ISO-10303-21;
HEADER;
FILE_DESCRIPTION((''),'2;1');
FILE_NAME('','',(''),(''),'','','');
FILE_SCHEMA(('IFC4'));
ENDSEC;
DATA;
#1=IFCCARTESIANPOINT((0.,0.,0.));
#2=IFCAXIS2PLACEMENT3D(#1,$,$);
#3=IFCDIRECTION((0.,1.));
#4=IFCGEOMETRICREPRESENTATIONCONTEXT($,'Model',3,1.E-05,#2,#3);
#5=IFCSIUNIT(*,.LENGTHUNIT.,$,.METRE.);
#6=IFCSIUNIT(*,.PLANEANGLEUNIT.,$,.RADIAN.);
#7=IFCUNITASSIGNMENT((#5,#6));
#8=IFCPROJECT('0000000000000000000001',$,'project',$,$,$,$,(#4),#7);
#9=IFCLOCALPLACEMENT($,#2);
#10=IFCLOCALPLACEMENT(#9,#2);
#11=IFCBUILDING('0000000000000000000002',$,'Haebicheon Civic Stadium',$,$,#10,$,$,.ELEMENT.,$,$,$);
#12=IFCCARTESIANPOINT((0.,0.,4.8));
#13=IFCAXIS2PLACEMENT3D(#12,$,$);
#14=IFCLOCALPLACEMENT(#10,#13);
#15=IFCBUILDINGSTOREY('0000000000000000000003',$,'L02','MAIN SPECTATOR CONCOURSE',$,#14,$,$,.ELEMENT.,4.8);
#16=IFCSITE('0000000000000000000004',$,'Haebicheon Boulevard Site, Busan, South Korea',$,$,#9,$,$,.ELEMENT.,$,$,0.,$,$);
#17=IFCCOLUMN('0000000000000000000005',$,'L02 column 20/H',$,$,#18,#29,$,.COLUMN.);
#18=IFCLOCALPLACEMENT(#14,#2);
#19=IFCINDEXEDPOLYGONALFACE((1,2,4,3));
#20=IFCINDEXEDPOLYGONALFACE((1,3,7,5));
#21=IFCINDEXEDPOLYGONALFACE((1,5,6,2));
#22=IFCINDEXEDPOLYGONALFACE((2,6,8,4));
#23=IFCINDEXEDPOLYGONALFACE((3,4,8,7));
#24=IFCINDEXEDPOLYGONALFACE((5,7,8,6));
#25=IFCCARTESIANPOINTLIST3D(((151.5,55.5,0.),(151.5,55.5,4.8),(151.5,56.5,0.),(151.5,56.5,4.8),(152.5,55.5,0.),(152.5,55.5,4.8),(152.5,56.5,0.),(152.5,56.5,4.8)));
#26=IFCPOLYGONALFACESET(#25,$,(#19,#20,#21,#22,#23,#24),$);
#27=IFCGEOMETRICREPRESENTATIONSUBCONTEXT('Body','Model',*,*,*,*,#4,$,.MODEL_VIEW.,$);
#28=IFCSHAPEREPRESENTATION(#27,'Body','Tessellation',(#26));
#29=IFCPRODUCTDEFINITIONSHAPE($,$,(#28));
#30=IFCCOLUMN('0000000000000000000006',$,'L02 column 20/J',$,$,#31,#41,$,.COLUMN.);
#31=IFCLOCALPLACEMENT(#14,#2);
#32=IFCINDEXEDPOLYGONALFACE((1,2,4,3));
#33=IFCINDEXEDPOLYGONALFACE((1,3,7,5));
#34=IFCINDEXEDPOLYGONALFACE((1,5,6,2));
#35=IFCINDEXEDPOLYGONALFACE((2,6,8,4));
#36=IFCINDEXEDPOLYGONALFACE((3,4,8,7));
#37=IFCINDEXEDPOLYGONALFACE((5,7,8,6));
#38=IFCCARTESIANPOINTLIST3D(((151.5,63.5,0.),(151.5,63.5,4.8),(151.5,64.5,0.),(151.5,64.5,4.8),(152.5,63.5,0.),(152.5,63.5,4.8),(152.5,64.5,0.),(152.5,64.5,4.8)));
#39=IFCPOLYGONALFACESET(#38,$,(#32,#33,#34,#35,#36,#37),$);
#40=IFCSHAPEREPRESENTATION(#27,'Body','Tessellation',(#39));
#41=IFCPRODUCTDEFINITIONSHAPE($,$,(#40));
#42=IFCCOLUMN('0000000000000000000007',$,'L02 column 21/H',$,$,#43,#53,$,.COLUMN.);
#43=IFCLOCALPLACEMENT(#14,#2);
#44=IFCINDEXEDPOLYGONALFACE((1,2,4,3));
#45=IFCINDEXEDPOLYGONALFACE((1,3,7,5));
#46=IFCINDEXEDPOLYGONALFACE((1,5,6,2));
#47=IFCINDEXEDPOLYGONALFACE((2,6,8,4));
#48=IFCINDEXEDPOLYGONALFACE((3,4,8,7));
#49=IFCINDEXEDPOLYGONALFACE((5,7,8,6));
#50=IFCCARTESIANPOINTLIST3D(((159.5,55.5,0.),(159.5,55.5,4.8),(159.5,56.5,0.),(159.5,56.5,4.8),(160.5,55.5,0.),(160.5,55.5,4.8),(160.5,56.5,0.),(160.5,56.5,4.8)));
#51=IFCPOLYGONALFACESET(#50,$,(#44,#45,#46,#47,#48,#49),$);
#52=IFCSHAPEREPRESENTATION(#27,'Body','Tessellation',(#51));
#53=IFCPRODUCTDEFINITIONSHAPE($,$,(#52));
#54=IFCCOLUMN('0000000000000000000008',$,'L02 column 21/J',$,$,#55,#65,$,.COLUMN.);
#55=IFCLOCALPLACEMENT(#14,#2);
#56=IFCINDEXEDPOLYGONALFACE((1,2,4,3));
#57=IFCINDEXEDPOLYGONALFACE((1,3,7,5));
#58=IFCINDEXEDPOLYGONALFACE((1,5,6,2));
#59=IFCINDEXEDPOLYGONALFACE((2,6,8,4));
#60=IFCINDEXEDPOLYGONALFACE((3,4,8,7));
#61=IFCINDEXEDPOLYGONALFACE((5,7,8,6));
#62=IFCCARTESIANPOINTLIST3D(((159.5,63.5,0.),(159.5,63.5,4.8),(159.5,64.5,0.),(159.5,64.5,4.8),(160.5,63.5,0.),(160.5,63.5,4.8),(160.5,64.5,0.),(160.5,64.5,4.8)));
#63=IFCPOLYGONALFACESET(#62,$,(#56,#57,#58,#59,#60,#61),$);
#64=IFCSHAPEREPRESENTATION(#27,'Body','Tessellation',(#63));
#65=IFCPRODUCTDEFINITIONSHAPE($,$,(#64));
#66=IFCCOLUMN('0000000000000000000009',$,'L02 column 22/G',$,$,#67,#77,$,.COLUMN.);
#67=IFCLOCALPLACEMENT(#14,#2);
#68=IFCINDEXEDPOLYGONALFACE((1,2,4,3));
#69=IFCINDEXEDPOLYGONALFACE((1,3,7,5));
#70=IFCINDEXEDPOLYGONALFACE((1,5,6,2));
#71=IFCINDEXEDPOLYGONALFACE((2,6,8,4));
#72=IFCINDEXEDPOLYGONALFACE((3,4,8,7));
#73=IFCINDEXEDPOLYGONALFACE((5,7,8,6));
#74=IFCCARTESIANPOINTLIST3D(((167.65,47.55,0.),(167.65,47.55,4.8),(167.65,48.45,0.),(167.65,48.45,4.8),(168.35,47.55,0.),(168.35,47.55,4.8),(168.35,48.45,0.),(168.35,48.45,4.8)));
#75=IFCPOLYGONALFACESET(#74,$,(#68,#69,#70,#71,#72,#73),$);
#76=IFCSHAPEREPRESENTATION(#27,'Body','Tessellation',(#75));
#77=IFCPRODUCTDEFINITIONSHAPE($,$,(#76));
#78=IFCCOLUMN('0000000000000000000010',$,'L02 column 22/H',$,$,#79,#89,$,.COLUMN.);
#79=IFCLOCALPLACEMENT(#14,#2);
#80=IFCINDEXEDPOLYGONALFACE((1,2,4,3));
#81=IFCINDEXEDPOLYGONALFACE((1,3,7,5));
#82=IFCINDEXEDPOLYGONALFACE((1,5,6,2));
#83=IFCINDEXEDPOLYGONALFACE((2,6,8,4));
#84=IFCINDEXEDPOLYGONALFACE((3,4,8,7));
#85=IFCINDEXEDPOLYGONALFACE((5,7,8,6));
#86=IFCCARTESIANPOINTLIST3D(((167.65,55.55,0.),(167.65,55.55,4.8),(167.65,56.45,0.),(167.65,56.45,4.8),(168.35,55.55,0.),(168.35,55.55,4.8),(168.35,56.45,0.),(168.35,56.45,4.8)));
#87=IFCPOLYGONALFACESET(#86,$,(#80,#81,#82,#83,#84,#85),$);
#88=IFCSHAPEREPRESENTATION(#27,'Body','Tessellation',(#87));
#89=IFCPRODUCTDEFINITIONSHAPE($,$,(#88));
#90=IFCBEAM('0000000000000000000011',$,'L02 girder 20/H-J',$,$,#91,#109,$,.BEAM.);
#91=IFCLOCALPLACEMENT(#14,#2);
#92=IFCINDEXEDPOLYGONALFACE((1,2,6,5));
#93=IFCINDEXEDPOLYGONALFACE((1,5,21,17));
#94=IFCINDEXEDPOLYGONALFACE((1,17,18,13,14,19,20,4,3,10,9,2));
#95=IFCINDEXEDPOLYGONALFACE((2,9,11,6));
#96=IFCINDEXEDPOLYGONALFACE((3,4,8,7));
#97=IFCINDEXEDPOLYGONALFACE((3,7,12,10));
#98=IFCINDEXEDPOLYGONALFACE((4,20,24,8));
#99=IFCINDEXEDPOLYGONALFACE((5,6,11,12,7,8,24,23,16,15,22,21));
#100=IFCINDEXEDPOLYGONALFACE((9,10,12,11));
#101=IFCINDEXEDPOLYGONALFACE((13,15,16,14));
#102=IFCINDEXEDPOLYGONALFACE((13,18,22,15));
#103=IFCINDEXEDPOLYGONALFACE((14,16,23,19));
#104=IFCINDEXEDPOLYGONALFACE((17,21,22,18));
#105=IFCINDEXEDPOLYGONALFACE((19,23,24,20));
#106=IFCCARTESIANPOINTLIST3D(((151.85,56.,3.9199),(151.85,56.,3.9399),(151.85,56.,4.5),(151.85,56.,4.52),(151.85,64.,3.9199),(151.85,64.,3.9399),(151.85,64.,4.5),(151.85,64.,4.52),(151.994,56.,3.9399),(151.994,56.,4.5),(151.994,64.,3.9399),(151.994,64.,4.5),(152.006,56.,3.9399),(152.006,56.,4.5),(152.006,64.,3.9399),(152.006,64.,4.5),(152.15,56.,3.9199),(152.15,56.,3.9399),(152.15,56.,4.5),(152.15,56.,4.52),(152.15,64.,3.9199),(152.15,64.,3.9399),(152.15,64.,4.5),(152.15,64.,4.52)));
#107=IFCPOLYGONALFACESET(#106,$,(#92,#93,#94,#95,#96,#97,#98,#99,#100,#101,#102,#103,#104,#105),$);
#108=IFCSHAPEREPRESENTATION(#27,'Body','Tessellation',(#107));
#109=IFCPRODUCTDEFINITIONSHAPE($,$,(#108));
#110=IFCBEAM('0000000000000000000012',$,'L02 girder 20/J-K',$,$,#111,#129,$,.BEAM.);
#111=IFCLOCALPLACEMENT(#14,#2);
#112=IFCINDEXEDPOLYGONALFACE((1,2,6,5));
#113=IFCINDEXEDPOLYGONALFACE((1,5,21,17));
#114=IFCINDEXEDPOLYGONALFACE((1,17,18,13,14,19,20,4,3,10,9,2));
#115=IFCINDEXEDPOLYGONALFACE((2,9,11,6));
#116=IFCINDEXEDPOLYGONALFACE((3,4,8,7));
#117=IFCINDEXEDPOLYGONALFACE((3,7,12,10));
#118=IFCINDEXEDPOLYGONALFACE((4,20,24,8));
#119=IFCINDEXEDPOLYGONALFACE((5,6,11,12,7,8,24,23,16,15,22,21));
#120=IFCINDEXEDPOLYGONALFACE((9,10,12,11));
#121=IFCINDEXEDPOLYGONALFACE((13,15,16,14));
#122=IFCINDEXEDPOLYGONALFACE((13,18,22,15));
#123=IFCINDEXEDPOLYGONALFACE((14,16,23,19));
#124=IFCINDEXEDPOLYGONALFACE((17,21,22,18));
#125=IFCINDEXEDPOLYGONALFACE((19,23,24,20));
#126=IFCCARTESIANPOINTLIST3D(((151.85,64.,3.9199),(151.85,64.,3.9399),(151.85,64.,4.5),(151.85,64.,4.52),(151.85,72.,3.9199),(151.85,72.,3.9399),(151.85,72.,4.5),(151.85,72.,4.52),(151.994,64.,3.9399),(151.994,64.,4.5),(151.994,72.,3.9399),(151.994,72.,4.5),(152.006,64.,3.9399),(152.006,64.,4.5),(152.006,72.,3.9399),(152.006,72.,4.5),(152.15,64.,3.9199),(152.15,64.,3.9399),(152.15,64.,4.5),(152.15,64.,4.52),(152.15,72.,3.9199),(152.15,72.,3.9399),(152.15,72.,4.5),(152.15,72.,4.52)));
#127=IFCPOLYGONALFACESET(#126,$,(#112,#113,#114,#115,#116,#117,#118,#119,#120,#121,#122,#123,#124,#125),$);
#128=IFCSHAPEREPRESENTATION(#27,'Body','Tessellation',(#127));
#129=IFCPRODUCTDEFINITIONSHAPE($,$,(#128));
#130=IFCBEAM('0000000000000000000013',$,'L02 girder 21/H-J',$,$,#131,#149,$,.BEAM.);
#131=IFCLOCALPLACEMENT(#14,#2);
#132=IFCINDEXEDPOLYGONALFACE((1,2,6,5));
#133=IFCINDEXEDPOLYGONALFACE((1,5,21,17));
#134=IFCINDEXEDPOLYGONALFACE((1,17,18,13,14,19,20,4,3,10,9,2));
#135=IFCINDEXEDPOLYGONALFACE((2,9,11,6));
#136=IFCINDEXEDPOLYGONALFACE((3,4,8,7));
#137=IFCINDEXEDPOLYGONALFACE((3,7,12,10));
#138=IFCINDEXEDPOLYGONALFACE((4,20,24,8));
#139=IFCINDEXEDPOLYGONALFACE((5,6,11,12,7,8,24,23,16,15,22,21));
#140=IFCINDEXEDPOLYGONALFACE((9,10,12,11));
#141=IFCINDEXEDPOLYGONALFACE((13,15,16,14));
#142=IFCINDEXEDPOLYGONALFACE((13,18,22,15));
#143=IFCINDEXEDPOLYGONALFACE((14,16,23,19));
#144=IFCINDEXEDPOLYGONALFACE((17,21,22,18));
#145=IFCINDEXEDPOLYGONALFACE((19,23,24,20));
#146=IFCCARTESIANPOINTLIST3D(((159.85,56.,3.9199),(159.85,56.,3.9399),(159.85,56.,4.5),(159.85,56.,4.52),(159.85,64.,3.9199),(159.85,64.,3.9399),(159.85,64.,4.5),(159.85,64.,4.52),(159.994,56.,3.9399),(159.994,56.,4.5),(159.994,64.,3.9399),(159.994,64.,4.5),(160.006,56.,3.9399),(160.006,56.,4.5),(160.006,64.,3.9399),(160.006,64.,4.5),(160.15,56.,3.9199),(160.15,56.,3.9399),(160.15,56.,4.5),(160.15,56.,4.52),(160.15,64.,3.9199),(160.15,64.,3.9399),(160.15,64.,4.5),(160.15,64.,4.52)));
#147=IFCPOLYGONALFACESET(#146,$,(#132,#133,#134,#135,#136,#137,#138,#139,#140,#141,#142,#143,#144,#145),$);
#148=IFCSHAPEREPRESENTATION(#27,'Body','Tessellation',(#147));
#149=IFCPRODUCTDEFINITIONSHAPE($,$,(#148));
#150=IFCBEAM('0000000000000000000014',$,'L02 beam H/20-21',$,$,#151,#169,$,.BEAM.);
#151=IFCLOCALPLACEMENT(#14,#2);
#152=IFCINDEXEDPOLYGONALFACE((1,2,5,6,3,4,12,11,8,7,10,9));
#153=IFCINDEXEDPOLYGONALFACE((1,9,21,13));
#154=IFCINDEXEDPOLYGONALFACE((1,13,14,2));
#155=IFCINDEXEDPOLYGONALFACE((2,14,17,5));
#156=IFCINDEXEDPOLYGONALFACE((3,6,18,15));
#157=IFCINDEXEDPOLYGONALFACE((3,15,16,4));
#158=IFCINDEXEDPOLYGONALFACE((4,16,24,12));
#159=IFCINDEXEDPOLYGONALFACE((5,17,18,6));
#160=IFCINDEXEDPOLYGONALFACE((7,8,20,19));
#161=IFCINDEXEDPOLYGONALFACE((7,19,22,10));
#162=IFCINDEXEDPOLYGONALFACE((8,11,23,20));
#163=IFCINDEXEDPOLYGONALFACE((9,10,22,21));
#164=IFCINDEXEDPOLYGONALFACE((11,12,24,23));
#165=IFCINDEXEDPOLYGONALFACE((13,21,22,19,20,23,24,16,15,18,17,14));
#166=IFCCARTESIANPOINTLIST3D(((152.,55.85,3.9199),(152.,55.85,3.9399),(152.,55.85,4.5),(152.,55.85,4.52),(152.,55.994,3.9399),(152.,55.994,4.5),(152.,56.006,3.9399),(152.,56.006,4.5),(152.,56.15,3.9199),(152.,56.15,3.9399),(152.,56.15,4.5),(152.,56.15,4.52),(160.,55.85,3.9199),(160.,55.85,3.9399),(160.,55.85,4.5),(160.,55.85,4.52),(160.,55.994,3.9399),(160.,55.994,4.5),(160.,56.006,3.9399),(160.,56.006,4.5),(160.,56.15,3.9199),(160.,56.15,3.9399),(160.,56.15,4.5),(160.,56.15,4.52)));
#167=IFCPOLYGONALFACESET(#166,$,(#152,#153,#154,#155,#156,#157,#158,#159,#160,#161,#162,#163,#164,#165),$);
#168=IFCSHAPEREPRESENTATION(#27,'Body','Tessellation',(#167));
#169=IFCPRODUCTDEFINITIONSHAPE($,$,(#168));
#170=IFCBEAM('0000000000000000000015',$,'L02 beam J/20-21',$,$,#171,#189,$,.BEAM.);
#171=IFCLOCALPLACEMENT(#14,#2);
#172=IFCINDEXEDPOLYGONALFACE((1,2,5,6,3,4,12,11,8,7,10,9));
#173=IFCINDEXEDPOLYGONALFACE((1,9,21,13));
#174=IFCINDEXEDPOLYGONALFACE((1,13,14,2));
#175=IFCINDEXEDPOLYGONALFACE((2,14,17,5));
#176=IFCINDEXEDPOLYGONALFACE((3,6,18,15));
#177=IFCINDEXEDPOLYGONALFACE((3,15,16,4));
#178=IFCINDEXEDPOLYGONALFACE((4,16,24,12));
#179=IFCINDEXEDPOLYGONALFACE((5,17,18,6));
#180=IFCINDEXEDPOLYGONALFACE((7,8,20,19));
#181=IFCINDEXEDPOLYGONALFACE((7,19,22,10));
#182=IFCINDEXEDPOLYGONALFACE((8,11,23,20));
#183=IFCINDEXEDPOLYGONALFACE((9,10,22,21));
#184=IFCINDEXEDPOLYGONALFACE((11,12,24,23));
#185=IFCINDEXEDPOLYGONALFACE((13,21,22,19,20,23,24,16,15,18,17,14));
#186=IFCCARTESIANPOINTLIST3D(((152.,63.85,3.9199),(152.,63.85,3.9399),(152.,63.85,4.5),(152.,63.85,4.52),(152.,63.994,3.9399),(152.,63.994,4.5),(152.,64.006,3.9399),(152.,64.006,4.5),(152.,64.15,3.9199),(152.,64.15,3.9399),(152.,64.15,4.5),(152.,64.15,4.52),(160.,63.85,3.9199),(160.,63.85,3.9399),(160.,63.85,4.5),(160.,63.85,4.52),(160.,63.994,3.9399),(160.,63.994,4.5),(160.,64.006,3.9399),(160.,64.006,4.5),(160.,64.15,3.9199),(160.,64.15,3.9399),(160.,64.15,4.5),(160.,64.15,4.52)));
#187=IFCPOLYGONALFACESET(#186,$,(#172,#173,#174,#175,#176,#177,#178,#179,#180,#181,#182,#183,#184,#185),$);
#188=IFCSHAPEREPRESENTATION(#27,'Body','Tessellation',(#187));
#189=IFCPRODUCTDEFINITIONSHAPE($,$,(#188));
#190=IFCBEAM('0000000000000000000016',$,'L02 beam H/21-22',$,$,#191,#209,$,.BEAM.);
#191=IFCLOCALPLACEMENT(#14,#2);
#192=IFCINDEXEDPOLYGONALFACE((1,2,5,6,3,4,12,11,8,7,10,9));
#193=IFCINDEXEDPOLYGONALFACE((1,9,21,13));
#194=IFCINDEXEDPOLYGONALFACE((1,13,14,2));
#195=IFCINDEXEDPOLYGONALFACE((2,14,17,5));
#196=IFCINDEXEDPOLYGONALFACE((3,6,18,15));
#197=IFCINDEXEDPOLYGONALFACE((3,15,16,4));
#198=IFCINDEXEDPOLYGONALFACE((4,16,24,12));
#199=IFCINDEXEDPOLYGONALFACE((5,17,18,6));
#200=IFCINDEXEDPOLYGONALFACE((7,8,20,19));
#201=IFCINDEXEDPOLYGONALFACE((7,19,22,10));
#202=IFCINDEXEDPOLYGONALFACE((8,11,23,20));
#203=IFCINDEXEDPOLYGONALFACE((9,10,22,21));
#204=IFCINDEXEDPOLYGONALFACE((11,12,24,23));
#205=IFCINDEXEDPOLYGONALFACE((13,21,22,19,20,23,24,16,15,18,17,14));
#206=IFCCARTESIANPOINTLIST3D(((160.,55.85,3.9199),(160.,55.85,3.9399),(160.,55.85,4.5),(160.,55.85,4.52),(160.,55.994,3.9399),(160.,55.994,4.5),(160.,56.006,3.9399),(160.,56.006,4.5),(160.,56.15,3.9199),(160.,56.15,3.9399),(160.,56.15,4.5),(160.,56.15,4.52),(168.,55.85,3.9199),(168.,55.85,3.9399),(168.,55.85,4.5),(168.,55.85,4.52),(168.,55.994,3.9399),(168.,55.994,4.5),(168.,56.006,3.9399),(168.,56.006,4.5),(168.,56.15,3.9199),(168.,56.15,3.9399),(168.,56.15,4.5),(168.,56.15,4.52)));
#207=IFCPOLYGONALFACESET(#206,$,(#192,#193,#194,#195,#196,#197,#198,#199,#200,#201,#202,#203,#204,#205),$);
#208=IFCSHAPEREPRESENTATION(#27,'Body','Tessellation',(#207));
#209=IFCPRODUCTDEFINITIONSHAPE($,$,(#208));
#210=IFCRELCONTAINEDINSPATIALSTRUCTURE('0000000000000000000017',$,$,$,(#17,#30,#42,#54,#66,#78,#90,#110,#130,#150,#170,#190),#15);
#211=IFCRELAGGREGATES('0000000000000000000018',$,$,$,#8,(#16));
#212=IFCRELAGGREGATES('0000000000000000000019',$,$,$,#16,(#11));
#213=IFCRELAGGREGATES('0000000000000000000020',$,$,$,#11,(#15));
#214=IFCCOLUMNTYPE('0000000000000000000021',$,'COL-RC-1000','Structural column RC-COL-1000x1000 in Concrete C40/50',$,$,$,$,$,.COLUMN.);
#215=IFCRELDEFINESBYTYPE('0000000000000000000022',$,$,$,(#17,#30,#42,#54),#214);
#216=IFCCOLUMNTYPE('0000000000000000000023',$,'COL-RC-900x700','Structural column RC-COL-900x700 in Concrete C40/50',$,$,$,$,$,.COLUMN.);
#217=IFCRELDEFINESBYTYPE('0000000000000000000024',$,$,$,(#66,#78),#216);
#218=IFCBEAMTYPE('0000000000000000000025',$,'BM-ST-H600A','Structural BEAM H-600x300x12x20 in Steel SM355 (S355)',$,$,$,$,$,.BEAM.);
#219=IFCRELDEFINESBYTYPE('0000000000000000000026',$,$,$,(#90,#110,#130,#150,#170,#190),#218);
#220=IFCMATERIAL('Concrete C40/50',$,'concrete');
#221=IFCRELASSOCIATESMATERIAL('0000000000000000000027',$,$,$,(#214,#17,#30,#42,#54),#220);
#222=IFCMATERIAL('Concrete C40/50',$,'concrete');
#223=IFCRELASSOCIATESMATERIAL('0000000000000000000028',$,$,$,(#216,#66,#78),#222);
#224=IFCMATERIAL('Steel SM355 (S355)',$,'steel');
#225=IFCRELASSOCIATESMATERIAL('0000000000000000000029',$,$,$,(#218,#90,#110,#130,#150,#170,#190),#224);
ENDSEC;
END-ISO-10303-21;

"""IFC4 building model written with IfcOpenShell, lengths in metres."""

from ifc_helpers import new_model, si_unit, direction, frame, origin, origin_2d, place, context, subcontext, project, spatial, rectangle, i_section, extrude, material, material_profile, profile_set, type_object, element, save


model = new_model("IFC4")

# Units and contexts
model_context = context("Model", 3, precision=1e-05, world=origin(), true_north=direction((0.0, 1.0)))
body_context = subcontext(model_context, "Body", "Model", "MODEL_VIEW")
ifc_project = project(units=[si_unit("LENGTHUNIT", "METRE"), si_unit("PLANEANGLEUNIT", "RADIAN")], contexts=[model_context])

# Site, building, storey
site_placement = place(None, origin())
site = spatial("IfcSite", under=ifc_project, at=site_placement, Name="Haebicheon Boulevard Site, Busan, South Korea", CompositionType="ELEMENT", RefElevation=0.0)
building_placement = place(site_placement, origin())
building = spatial("IfcBuilding", under=site, at=building_placement, Name="Haebicheon Civic Stadium", CompositionType="ELEMENT")
storey_placement = place(building_placement, frame((0.0, 0.0, 4.8)))
storey = spatial("IfcBuildingStorey", under=building, at=storey_placement, Name="L02", Description="MAIN SPECTATOR CONCOURSE", CompositionType="ELEMENT", Elevation=4.8)

# Columns
ifc_material_1 = material(Name="Concrete C40/50", Category="concrete")
ifc_material_profile_1 = material_profile(ifc_material_1, rectangle(XDim=1.0, YDim=1.0, at=origin_2d()), Name="RC-COL-1000x1000")
ifc_profile_set_1 = profile_set([ifc_material_profile_1], Name="Concrete C40/50")
column_type_1 = type_object("IfcColumnType", Name="COL-RC-1000", Description="Structural column RC-COL-1000x1000 in Concrete C40/50", PredefinedType="COLUMN", material=ifc_profile_set_1)
for number, where, z_axis, x_axis, name in (
    (1, (152.0, 56.0, 0.0), (0.0, 0.0, 1.0), (1.0, 0.0, 0.0), "L02 column 20/H"),
    (2, (152.0, 64.0, 0.0), (0.0, 0.0, 1.0), (1.0, 0.0, 0.0), "L02 column 20/J"),
    (3, (160.0, 56.0, 0.0), (0.0, 0.0, 1.0), (1.0, 0.0, 0.0), "L02 column 21/H"),
    (4, (160.0, 64.0, 0.0), (0.0, 0.0, 1.0), (1.0, 0.0, 0.0), "L02 column 21/J"),
):
    element("IfcColumn", number, at=place(storey_placement, frame(where, z_axis=z_axis, x_axis=x_axis)), inside=storey, type_object=column_type_1, material=ifc_profile_set_1, Name=name, PredefinedType="COLUMN", context=body_context, shape_type="SweptSolid", body=[
        extrude(rectangle(XDim=1.0, YDim=1.0, at=origin_2d()), origin(), (0.0, 0.0, 1.0), 4.8),
    ])
ifc_material_2 = material(Name="Concrete C40/50", Category="concrete")
ifc_material_profile_2 = material_profile(ifc_material_2, rectangle(XDim=0.7, YDim=0.8999, at=origin_2d()), Name="RC-COL-900x700")
ifc_profile_set_2 = profile_set([ifc_material_profile_2], Name="Concrete C40/50")
column_type_2 = type_object("IfcColumnType", Name="COL-RC-900x700", Description="Structural column RC-COL-900x700 in Concrete C40/50", PredefinedType="COLUMN", material=ifc_profile_set_2)
for number, where, z_axis, x_axis, name in (
    (5, (168.0, 48.0, 0.0), (0.0, 0.0, 1.0), (1.0, 0.0, 0.0), "L02 column 22/G"),
    (6, (168.0, 56.0, 0.0), (0.0, 0.0, 1.0), (1.0, 0.0, 0.0), "L02 column 22/H"),
):
    element("IfcColumn", number, at=place(storey_placement, frame(where, z_axis=z_axis, x_axis=x_axis)), inside=storey, type_object=column_type_2, material=ifc_profile_set_2, Name=name, PredefinedType="COLUMN", context=body_context, shape_type="SweptSolid", body=[
        extrude(rectangle(XDim=0.7, YDim=0.8999, at=origin_2d()), origin(), (0.0, 0.0, 1.0), 4.8),
    ])

# Beams
ifc_material_3 = material(Name="Steel SM355 (S355)", Category="steel")
ifc_material_profile_3 = material_profile(ifc_material_3, i_section(OverallWidth=0.3, OverallDepth=0.6001, WebThickness=0.012, FlangeThickness=0.02, at=origin_2d()), Name="H-600x300x12x20")
ifc_profile_set_3 = profile_set([ifc_material_profile_3], Name="Steel SM355 (S355)")
beam_type_1 = type_object("IfcBeamType", Name="BM-ST-H600A", Description="Structural BEAM H-600x300x12x20 in Steel SM355 (S355)", PredefinedType="BEAM", material=ifc_profile_set_3)
for number, where, z_axis, x_axis, name in (
    (7, (152.0, 56.0, 4.22), (0.0, 1.0, 0.0), (-1.0, 0.0, 0.0), "L02 girder 20/H-J"),
    (8, (152.0, 64.0, 4.22), (0.0, 1.0, 0.0), (-1.0, 0.0, 0.0), "L02 girder 20/J-K"),
    (9, (160.0, 56.0, 4.22), (0.0, 1.0, 0.0), (-1.0, 0.0, 0.0), "L02 girder 21/H-J"),
    (10, (152.0, 56.0, 4.22), (1.0, 0.0, 0.0), (0.0, 1.0, 0.0), "L02 beam H/20-21"),
    (11, (152.0, 64.0, 4.22), (1.0, 0.0, 0.0), (0.0, 1.0, 0.0), "L02 beam J/20-21"),
    (12, (160.0, 56.0, 4.22), (1.0, 0.0, 0.0), (0.0, 1.0, 0.0), "L02 beam H/21-22"),
):
    element("IfcBeam", number, at=place(storey_placement, frame(where, z_axis=z_axis, x_axis=x_axis)), inside=storey, type_object=beam_type_1, material=ifc_profile_set_3, Name=name, PredefinedType="BEAM", context=body_context, shape_type="SweptSolid", body=[
        extrude(i_section(OverallWidth=0.3, OverallDepth=0.6001, WebThickness=0.012, FlangeThickness=0.02, at=origin_2d()), origin(), (0.0, 0.0, 1.0), 8.0),
    ])

save(model, "model.ifc")
